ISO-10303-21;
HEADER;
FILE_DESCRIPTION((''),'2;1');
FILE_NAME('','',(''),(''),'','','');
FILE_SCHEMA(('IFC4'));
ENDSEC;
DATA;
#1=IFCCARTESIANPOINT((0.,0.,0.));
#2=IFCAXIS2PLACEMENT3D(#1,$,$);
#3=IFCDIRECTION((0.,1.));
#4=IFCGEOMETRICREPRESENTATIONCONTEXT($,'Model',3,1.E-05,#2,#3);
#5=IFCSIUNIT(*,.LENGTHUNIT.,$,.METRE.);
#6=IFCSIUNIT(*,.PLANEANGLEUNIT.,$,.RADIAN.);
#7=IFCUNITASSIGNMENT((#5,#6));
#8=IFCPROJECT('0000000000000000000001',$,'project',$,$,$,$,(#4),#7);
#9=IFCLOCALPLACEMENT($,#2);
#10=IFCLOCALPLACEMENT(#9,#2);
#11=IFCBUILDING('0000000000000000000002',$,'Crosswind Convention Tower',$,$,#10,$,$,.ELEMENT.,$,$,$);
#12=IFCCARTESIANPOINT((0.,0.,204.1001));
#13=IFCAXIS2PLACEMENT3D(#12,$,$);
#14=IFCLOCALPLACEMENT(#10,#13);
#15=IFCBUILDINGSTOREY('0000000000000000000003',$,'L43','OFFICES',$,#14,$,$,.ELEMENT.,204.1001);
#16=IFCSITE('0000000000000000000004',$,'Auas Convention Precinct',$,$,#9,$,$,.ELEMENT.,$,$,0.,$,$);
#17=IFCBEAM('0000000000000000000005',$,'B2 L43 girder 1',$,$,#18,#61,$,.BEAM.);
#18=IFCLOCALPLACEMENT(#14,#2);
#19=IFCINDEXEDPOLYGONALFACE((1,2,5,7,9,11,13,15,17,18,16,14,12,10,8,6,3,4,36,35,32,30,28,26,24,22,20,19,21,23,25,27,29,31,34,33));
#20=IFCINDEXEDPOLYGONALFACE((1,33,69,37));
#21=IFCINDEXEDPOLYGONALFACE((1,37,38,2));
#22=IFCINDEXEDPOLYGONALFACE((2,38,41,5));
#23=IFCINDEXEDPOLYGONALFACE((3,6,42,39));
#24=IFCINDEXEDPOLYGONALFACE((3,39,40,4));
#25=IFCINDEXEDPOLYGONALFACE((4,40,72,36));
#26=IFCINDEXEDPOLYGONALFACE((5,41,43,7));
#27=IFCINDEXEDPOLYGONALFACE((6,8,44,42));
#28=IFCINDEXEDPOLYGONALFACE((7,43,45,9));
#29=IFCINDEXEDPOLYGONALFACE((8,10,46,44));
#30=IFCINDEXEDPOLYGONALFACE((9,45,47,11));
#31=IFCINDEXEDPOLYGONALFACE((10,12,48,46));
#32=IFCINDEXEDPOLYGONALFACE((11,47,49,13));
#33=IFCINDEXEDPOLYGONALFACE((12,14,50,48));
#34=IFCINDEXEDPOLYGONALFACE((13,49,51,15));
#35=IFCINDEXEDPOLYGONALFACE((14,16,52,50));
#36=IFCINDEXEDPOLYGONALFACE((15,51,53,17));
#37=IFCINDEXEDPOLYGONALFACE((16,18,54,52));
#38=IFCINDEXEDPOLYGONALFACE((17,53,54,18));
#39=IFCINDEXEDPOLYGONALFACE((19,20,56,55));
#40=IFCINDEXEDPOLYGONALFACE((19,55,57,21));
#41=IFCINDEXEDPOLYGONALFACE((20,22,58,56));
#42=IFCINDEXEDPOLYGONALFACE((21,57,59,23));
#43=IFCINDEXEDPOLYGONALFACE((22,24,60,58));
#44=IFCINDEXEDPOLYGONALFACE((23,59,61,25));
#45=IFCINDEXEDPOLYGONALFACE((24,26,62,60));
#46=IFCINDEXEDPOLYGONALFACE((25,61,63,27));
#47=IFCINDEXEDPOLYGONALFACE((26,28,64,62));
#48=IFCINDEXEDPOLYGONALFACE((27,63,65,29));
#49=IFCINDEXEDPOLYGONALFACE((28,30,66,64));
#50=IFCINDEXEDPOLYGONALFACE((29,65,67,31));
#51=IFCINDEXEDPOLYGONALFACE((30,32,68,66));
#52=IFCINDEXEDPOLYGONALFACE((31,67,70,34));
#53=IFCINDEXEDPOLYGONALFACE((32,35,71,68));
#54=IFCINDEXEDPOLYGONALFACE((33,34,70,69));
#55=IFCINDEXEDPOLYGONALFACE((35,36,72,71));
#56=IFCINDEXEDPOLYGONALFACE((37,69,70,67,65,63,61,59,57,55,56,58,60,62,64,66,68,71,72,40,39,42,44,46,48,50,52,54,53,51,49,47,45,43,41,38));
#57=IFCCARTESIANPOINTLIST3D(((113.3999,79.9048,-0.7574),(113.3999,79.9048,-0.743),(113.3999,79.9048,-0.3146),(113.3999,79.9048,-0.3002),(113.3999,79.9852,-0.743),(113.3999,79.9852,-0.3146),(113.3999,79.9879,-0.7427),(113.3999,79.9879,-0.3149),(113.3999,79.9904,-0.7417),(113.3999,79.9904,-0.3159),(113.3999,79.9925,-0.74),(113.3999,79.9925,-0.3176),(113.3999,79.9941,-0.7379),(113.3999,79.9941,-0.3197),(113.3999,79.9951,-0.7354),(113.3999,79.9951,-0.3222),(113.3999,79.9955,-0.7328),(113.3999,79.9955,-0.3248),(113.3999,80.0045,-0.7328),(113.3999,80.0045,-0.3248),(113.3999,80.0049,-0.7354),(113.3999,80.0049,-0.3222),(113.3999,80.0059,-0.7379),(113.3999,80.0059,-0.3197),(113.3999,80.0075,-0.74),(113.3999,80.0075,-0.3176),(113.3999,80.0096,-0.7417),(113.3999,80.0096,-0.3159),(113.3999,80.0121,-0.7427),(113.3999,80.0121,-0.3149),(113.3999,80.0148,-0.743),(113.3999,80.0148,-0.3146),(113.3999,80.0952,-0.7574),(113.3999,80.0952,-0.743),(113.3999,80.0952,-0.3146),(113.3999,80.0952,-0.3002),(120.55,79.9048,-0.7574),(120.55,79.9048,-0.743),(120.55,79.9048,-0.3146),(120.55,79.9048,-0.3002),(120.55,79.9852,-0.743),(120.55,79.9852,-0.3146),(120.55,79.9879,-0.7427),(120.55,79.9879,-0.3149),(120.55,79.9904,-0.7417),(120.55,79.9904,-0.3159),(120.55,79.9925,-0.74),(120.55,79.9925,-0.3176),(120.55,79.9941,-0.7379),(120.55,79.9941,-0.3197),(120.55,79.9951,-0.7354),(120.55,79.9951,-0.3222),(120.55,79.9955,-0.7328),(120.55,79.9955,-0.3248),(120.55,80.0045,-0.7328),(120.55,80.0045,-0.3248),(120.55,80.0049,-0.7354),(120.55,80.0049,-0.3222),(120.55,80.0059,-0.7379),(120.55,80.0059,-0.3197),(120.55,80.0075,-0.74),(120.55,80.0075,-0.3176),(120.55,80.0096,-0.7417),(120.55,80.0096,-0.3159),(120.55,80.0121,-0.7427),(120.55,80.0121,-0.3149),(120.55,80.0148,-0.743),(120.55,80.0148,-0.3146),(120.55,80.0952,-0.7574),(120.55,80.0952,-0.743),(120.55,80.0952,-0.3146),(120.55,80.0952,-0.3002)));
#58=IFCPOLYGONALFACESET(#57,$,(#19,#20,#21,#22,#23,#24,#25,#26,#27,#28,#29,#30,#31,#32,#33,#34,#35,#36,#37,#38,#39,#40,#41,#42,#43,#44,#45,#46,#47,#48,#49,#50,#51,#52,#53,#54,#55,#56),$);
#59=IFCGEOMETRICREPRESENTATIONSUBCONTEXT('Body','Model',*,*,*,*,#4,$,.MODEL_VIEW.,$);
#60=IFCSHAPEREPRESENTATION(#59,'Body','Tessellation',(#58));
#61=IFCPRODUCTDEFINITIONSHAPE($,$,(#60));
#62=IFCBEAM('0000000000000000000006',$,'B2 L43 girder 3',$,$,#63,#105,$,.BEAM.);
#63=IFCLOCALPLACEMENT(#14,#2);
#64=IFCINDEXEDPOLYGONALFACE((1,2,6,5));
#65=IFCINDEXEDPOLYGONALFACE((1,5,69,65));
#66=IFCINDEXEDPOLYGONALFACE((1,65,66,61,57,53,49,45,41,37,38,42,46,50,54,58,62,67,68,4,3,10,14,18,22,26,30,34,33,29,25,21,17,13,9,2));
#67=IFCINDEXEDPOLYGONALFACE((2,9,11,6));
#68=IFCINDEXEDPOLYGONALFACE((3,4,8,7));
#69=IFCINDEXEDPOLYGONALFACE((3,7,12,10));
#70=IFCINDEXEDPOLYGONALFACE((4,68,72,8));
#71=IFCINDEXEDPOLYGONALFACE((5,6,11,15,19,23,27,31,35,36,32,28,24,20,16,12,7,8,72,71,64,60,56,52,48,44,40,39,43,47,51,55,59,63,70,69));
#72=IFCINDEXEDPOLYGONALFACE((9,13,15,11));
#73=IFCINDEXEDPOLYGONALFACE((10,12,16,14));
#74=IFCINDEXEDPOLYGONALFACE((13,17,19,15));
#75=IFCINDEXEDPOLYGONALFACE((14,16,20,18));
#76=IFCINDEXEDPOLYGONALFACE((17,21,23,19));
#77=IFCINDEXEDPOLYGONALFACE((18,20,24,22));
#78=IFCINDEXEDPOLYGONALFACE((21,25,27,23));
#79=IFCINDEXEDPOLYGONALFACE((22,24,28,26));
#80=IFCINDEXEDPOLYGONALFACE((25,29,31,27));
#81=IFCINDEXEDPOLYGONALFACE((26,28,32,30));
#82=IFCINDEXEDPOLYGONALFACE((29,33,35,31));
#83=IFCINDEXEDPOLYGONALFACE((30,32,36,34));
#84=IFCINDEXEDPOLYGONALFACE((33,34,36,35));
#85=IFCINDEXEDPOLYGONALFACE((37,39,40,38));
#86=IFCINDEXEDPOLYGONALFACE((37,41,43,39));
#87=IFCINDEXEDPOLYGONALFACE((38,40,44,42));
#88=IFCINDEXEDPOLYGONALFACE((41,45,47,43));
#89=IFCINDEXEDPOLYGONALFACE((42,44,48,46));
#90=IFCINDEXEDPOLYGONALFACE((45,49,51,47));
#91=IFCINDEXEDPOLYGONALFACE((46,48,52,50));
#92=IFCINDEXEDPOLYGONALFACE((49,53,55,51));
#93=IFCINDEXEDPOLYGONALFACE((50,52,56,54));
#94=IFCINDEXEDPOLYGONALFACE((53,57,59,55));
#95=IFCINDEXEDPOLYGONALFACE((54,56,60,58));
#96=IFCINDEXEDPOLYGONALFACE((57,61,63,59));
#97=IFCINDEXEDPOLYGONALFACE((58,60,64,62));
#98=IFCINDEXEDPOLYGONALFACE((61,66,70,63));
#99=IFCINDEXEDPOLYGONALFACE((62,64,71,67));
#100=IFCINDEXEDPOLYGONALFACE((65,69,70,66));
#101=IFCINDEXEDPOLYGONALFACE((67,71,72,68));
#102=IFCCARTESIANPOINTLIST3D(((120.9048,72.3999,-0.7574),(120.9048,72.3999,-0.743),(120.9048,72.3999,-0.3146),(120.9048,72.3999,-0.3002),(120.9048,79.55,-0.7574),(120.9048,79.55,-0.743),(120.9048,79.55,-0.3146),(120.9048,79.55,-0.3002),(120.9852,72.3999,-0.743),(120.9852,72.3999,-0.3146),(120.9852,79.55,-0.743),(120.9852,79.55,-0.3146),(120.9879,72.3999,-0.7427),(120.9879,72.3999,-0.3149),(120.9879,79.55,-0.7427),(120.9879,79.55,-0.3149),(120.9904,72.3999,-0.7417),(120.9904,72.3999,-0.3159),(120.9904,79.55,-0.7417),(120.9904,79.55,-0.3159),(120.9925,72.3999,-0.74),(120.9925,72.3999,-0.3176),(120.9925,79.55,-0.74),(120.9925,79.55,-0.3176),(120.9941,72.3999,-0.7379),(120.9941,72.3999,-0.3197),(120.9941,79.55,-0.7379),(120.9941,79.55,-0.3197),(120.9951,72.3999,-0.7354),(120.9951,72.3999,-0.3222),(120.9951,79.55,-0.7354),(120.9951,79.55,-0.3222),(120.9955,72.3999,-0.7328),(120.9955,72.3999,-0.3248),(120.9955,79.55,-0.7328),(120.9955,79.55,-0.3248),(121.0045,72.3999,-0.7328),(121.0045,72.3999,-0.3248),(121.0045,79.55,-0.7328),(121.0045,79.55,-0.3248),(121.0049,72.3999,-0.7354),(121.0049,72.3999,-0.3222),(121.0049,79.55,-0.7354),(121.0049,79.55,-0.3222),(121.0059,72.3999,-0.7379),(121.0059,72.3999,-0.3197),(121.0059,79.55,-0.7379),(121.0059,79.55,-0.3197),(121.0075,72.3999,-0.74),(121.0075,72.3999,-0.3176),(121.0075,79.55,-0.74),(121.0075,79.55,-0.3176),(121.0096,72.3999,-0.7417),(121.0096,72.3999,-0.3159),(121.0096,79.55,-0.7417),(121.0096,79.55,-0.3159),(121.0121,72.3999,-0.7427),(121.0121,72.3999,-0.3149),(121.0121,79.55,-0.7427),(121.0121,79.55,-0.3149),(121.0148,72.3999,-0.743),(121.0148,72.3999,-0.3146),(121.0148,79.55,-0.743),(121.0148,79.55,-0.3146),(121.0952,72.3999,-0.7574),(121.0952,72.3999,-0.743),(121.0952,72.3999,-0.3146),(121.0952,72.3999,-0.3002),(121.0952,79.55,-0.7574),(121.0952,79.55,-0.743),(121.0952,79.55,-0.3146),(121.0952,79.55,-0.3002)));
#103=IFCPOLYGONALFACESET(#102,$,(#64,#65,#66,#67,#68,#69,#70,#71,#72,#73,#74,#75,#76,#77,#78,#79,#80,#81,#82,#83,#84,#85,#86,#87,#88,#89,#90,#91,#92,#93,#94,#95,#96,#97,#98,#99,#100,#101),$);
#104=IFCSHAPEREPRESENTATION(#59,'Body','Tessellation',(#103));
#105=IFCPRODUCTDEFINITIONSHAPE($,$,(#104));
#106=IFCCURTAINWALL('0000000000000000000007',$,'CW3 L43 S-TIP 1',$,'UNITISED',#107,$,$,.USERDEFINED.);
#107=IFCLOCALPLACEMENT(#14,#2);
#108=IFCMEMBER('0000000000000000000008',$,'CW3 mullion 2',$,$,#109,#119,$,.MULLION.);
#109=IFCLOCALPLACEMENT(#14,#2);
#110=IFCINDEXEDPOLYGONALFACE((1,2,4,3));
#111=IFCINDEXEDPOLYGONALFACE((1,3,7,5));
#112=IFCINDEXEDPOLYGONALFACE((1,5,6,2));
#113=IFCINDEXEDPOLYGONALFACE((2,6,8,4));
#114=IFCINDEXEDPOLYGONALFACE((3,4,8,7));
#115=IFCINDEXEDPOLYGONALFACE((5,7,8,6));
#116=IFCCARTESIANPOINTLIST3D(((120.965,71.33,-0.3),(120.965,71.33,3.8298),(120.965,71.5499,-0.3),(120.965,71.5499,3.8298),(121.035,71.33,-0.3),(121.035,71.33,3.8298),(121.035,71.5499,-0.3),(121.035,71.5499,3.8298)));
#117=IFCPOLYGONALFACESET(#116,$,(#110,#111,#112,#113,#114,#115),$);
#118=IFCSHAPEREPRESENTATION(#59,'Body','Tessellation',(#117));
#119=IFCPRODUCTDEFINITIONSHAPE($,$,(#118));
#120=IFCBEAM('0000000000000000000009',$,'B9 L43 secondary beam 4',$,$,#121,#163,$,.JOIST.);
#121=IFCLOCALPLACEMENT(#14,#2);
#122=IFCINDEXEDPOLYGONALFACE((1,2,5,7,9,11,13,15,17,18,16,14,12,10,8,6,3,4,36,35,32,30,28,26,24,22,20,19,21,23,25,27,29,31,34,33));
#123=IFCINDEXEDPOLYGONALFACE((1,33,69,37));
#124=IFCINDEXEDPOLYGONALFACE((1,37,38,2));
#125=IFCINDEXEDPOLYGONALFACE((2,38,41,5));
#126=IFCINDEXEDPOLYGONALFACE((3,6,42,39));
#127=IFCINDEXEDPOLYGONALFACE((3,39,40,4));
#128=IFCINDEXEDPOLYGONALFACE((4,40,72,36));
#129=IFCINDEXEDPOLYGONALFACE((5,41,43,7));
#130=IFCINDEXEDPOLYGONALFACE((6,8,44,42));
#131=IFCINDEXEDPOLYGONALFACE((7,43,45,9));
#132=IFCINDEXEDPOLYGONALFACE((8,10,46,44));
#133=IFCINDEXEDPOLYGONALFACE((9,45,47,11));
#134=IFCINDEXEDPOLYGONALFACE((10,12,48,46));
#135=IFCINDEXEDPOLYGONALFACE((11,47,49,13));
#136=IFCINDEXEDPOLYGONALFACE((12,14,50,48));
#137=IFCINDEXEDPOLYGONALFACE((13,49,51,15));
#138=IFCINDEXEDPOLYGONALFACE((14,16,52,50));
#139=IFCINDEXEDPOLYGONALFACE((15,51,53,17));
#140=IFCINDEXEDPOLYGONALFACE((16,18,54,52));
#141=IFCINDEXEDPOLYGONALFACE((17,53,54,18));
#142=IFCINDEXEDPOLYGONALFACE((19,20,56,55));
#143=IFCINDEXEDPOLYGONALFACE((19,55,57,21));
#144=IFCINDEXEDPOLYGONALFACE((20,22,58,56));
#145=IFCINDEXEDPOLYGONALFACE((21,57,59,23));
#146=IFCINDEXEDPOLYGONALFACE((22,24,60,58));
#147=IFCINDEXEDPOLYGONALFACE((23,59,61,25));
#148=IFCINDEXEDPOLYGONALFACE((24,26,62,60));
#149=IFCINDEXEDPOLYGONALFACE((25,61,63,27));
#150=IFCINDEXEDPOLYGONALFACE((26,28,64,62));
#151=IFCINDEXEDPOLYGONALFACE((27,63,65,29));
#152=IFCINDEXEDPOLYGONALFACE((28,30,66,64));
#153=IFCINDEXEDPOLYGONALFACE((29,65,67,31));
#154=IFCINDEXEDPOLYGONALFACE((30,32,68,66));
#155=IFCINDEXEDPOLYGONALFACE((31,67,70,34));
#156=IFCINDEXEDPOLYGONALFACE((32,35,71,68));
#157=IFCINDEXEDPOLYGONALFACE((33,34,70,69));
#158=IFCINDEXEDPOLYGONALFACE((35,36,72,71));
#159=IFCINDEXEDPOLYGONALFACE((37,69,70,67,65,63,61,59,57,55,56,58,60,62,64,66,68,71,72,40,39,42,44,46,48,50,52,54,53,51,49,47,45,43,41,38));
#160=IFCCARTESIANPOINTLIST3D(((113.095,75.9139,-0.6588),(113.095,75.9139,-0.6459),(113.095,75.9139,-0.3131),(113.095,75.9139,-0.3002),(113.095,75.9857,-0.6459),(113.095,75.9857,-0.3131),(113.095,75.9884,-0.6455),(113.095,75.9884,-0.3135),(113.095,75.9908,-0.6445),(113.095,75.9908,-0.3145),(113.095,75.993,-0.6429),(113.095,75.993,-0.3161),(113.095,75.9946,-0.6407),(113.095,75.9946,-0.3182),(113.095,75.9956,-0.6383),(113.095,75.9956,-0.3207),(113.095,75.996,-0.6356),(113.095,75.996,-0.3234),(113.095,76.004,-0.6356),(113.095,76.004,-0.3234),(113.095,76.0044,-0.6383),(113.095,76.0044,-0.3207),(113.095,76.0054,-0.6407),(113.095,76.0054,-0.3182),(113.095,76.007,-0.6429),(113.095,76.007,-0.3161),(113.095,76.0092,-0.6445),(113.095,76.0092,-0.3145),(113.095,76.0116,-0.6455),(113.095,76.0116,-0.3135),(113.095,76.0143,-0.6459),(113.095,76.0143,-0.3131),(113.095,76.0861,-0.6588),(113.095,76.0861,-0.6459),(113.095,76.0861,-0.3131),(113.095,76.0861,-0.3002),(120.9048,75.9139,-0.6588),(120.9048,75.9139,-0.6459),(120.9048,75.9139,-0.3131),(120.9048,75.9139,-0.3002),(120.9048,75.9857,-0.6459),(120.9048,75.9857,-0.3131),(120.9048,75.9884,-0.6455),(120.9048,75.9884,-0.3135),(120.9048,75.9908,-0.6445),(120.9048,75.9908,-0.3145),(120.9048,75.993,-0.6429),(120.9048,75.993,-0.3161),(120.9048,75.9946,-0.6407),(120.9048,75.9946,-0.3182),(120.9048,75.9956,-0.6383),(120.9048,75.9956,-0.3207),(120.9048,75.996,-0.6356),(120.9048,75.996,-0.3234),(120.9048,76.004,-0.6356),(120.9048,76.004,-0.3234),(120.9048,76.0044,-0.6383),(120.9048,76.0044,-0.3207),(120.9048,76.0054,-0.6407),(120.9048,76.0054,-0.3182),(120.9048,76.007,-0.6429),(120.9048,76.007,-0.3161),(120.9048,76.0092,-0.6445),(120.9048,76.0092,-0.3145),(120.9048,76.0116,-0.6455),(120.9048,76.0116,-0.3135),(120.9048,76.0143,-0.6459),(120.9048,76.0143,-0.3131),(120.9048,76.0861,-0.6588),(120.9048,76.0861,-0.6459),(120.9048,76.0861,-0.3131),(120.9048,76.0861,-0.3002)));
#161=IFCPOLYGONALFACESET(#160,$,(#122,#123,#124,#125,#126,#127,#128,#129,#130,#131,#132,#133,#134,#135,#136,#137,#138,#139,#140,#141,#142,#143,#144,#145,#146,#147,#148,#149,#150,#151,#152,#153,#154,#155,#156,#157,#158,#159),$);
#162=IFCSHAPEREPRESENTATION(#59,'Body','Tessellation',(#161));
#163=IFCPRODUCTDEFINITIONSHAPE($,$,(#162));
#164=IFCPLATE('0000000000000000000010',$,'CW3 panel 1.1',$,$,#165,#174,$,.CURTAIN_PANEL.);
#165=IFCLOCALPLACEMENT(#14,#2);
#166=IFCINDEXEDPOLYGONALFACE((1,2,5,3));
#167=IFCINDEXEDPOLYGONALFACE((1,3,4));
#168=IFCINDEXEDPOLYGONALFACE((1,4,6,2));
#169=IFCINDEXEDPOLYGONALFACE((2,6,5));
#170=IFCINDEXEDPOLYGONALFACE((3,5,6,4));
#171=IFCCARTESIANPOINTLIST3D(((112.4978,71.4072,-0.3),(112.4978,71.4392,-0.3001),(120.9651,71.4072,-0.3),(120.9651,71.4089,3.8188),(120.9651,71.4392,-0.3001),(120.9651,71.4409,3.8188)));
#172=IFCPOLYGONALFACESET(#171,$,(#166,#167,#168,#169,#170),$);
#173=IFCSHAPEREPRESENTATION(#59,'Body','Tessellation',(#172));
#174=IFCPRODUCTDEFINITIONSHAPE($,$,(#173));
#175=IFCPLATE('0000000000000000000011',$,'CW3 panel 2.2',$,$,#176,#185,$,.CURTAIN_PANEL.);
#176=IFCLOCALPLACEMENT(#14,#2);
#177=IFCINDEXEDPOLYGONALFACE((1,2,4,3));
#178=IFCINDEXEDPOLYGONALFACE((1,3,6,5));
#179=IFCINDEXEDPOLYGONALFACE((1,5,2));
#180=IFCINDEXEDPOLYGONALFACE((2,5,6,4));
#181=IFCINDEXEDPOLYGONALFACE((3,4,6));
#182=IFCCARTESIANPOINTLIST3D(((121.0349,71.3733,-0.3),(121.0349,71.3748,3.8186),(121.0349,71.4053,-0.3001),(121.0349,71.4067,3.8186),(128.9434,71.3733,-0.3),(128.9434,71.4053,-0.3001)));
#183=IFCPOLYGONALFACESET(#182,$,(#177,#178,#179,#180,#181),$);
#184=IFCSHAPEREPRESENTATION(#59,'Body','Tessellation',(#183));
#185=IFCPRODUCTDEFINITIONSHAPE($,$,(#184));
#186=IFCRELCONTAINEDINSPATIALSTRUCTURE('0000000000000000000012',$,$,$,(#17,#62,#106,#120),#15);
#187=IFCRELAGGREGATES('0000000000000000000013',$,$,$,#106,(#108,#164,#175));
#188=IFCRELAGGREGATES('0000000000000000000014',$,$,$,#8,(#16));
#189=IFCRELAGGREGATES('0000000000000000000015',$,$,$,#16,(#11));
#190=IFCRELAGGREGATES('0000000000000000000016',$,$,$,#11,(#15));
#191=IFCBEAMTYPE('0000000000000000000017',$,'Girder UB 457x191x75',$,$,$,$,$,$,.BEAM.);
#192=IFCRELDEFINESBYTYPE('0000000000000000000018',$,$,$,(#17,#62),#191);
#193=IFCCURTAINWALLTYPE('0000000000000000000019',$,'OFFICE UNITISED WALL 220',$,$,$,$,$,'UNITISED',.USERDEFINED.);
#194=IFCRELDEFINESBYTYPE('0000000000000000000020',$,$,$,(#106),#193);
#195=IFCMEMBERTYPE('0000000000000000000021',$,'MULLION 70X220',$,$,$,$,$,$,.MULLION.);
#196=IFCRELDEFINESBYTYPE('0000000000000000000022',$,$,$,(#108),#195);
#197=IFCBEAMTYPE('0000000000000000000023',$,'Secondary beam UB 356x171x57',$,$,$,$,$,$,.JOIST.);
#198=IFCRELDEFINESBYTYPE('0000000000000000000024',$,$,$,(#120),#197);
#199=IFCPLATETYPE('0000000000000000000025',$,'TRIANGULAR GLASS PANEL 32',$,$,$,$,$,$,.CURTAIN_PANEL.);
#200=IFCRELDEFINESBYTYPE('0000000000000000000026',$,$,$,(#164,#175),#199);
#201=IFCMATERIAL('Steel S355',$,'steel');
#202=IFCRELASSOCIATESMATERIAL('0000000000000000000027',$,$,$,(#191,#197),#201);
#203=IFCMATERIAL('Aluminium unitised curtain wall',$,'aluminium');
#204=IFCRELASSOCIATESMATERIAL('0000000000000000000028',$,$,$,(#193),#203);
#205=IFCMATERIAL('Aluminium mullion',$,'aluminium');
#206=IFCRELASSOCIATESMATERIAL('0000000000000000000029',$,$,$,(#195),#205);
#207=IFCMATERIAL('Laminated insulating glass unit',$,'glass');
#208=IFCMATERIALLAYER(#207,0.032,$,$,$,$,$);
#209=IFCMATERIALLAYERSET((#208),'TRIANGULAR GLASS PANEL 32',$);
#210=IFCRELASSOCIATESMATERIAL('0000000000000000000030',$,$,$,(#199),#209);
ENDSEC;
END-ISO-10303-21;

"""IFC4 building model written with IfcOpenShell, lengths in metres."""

from ifc_helpers import new_model, si_unit, direction, frame, origin, origin_2d, place, context, subcontext, project, spatial, polyline, rectangle, i_section, outline, extrude, material, layer, layer_set, material_profile, profile_set, type_object, element, aggregate, save


model = new_model("IFC4")

# Units and contexts
model_context = context("Model", 3, precision=1e-05, world=origin(), true_north=direction((0.0, 1.0)))
body_context = subcontext(model_context, "Body", "Model", "MODEL_VIEW")
ifc_project = project(units=[si_unit("LENGTHUNIT", "METRE"), si_unit("PLANEANGLEUNIT", "RADIAN")], contexts=[model_context])

# Site, building, storey
site_placement = place(None, origin())
site = spatial("IfcSite", under=ifc_project, at=site_placement, Name="Auas Convention Precinct", CompositionType="ELEMENT", RefElevation=0.0)
building_placement = place(site_placement, origin())
building = spatial("IfcBuilding", under=site, at=building_placement, Name="Crosswind Convention Tower", CompositionType="ELEMENT")
storey_placement = place(building_placement, frame((0.0, 0.0, 204.1001)))
storey = spatial("IfcBuildingStorey", under=building, at=storey_placement, Name="L43", Description="OFFICES", CompositionType="ELEMENT", Elevation=204.1001)

# Beams
ifc_material_1 = material(Name="Steel S355", Category="steel")
ifc_material_profile_1 = material_profile(ifc_material_1, i_section(OverallWidth=0.1904, OverallDepth=0.4573, WebThickness=0.009, FlangeThickness=0.0144, FilletRadius=0.0103, at=origin_2d()), Name="UB 457x191x75")
ifc_profile_set_1 = profile_set([ifc_material_profile_1], Name="Steel S355")
beam_type_1 = type_object("IfcBeamType", Name="Girder UB 457x191x75", PredefinedType="BEAM", material=ifc_profile_set_1)
for number, where, z_axis, x_axis, name in (
    (1, (113.3999, 80.0, -0.5288), (1.0, 0.0, 0.0), (0.0, 1.0, 0.0), "B2 L43 girder 1"),
    (2, (121.0, 72.3999, -0.5288), (0.0, 1.0, 0.0), (-1.0, 0.0, 0.0), "B2 L43 girder 3"),
):
    element("IfcBeam", number, at=place(storey_placement, frame(where, z_axis=z_axis, x_axis=x_axis)), inside=storey, type_object=beam_type_1, Name=name, PredefinedType="BEAM", context=body_context, shape_type="SweptSolid", body=[
        extrude(i_section(OverallWidth=0.1904, OverallDepth=0.4573, WebThickness=0.009, FlangeThickness=0.0144, FilletRadius=0.0103, at=origin_2d()), origin(), (0.0, 0.0, 1.0), 7.1501),
    ])

# Curtain wall, member
ifc_material_2 = material(Name="Aluminium unitised curtain wall", Category="aluminium")
curtain_wall_type = type_object("IfcCurtainWallType", Name="OFFICE UNITISED WALL 220", ElementType="UNITISED", PredefinedType="USERDEFINED", material=ifc_material_2)
curtain_wall_placement = place(storey_placement, origin())
curtain_wall = element("IfcCurtainWall", 3, at=curtain_wall_placement, inside=storey, type_object=curtain_wall_type, Name="CW3 L43 S-TIP 1", ObjectType="UNITISED", PredefinedType="USERDEFINED")
ifc_material_3 = material(Name="Aluminium mullion", Category="aluminium")
ifc_material_profile_2 = material_profile(ifc_material_3, rectangle(XDim=0.22, YDim=0.0701, at=origin_2d()), Name="AL 220X70")
ifc_profile_set_2 = profile_set([ifc_material_profile_2], Name="Aluminium mullion")
member_type = type_object("IfcMemberType", Name="MULLION 70X220", PredefinedType="MULLION", material=ifc_profile_set_2)
member_placement = place(storey_placement, frame((121.0, 71.4399, -0.3), z_axis=(0.0, 0.0, 1.0), x_axis=(0.0, -1.0, 0.0)))
member = element("IfcMember", 4, at=member_placement, type_object=member_type, Name="CW3 mullion 2", PredefinedType="MULLION", context=body_context, shape_type="SweptSolid", body=[
    extrude(rectangle(XDim=0.22, YDim=0.0701, at=origin_2d()), origin(), (0.0, 0.0, 1.0), 4.1299),
])

# Beam
ifc_material_profile_3 = material_profile(ifc_material_1, i_section(OverallWidth=0.1721, OverallDepth=0.3586, WebThickness=0.0081, FlangeThickness=0.0129, FilletRadius=0.0103, at=origin_2d()), Name="UB 356x171x57")
ifc_profile_set_3 = profile_set([ifc_material_profile_3], Name="Steel S355")
beam_type_2 = type_object("IfcBeamType", Name="Secondary beam UB 356x171x57", PredefinedType="JOIST", material=ifc_profile_set_3)
beam_placement = place(storey_placement, frame((113.095, 76.0, -0.4795), z_axis=(1.0, 0.0, 0.0), x_axis=(0.0, 1.0, 0.0)))
element("IfcBeam", 5, at=beam_placement, inside=storey, type_object=beam_type_2, Name="B9 L43 secondary beam 4", PredefinedType="JOIST", context=body_context, shape_type="SweptSolid", body=[
    extrude(i_section(OverallWidth=0.1721, OverallDepth=0.3586, WebThickness=0.0081, FlangeThickness=0.0129, FilletRadius=0.0103, at=origin_2d()), origin(), (0.0, 0.0, 1.0), 7.8098),
])

# Plates
ifc_material_4 = material(Name="Laminated insulating glass unit", Category="glass")
ifc_layer_1 = layer(ifc_material_4, 0.032)
ifc_layer_set_1 = layer_set([ifc_layer_1], Name="TRIANGULAR GLASS PANEL 32")
plate_type = type_object("IfcPlateType", Name="TRIANGULAR GLASS PANEL 32", PredefinedType="CURTAIN_PANEL", material=ifc_layer_set_1)
plate_1_placement = place(storey_placement, frame((120.9651, 71.4072, -0.3), z_axis=(0.0, -1.0, 0.000415), x_axis=(0.0, 0.000415, 1.0)))
plate_1 = element("IfcPlate", 6, at=plate_1_placement, type_object=plate_type, Name="CW3 panel 1.1", PredefinedType="CURTAIN_PANEL", context=body_context, shape_type="SweptSolid", body=[
    extrude(outline(polyline([(0.0, 0.0), (4.1189, 0.0), (0.0, 8.4673), (0.0, 0.0)])), origin(), (0.0, 0.0, -1.0), 0.032),
])
plate_2_placement = place(storey_placement, frame((121.0349, 71.3733, -0.3), z_axis=(0.0, -1.0, 0.000356), x_axis=(1.0, 0.0, 0.0)))
plate_2 = element("IfcPlate", 7, at=plate_2_placement, type_object=plate_type, Name="CW3 panel 2.2", PredefinedType="CURTAIN_PANEL", context=body_context, shape_type="SweptSolid", body=[
    extrude(outline(polyline([(0.0, 0.0), (7.9084, 0.0), (0.0, 4.1187), (0.0, 0.0)])), origin(), (0.0, 0.0, -1.0), 0.032),
])
aggregate(curtain_wall, [member, plate_1, plate_2])

save(model, "model.ifc")
